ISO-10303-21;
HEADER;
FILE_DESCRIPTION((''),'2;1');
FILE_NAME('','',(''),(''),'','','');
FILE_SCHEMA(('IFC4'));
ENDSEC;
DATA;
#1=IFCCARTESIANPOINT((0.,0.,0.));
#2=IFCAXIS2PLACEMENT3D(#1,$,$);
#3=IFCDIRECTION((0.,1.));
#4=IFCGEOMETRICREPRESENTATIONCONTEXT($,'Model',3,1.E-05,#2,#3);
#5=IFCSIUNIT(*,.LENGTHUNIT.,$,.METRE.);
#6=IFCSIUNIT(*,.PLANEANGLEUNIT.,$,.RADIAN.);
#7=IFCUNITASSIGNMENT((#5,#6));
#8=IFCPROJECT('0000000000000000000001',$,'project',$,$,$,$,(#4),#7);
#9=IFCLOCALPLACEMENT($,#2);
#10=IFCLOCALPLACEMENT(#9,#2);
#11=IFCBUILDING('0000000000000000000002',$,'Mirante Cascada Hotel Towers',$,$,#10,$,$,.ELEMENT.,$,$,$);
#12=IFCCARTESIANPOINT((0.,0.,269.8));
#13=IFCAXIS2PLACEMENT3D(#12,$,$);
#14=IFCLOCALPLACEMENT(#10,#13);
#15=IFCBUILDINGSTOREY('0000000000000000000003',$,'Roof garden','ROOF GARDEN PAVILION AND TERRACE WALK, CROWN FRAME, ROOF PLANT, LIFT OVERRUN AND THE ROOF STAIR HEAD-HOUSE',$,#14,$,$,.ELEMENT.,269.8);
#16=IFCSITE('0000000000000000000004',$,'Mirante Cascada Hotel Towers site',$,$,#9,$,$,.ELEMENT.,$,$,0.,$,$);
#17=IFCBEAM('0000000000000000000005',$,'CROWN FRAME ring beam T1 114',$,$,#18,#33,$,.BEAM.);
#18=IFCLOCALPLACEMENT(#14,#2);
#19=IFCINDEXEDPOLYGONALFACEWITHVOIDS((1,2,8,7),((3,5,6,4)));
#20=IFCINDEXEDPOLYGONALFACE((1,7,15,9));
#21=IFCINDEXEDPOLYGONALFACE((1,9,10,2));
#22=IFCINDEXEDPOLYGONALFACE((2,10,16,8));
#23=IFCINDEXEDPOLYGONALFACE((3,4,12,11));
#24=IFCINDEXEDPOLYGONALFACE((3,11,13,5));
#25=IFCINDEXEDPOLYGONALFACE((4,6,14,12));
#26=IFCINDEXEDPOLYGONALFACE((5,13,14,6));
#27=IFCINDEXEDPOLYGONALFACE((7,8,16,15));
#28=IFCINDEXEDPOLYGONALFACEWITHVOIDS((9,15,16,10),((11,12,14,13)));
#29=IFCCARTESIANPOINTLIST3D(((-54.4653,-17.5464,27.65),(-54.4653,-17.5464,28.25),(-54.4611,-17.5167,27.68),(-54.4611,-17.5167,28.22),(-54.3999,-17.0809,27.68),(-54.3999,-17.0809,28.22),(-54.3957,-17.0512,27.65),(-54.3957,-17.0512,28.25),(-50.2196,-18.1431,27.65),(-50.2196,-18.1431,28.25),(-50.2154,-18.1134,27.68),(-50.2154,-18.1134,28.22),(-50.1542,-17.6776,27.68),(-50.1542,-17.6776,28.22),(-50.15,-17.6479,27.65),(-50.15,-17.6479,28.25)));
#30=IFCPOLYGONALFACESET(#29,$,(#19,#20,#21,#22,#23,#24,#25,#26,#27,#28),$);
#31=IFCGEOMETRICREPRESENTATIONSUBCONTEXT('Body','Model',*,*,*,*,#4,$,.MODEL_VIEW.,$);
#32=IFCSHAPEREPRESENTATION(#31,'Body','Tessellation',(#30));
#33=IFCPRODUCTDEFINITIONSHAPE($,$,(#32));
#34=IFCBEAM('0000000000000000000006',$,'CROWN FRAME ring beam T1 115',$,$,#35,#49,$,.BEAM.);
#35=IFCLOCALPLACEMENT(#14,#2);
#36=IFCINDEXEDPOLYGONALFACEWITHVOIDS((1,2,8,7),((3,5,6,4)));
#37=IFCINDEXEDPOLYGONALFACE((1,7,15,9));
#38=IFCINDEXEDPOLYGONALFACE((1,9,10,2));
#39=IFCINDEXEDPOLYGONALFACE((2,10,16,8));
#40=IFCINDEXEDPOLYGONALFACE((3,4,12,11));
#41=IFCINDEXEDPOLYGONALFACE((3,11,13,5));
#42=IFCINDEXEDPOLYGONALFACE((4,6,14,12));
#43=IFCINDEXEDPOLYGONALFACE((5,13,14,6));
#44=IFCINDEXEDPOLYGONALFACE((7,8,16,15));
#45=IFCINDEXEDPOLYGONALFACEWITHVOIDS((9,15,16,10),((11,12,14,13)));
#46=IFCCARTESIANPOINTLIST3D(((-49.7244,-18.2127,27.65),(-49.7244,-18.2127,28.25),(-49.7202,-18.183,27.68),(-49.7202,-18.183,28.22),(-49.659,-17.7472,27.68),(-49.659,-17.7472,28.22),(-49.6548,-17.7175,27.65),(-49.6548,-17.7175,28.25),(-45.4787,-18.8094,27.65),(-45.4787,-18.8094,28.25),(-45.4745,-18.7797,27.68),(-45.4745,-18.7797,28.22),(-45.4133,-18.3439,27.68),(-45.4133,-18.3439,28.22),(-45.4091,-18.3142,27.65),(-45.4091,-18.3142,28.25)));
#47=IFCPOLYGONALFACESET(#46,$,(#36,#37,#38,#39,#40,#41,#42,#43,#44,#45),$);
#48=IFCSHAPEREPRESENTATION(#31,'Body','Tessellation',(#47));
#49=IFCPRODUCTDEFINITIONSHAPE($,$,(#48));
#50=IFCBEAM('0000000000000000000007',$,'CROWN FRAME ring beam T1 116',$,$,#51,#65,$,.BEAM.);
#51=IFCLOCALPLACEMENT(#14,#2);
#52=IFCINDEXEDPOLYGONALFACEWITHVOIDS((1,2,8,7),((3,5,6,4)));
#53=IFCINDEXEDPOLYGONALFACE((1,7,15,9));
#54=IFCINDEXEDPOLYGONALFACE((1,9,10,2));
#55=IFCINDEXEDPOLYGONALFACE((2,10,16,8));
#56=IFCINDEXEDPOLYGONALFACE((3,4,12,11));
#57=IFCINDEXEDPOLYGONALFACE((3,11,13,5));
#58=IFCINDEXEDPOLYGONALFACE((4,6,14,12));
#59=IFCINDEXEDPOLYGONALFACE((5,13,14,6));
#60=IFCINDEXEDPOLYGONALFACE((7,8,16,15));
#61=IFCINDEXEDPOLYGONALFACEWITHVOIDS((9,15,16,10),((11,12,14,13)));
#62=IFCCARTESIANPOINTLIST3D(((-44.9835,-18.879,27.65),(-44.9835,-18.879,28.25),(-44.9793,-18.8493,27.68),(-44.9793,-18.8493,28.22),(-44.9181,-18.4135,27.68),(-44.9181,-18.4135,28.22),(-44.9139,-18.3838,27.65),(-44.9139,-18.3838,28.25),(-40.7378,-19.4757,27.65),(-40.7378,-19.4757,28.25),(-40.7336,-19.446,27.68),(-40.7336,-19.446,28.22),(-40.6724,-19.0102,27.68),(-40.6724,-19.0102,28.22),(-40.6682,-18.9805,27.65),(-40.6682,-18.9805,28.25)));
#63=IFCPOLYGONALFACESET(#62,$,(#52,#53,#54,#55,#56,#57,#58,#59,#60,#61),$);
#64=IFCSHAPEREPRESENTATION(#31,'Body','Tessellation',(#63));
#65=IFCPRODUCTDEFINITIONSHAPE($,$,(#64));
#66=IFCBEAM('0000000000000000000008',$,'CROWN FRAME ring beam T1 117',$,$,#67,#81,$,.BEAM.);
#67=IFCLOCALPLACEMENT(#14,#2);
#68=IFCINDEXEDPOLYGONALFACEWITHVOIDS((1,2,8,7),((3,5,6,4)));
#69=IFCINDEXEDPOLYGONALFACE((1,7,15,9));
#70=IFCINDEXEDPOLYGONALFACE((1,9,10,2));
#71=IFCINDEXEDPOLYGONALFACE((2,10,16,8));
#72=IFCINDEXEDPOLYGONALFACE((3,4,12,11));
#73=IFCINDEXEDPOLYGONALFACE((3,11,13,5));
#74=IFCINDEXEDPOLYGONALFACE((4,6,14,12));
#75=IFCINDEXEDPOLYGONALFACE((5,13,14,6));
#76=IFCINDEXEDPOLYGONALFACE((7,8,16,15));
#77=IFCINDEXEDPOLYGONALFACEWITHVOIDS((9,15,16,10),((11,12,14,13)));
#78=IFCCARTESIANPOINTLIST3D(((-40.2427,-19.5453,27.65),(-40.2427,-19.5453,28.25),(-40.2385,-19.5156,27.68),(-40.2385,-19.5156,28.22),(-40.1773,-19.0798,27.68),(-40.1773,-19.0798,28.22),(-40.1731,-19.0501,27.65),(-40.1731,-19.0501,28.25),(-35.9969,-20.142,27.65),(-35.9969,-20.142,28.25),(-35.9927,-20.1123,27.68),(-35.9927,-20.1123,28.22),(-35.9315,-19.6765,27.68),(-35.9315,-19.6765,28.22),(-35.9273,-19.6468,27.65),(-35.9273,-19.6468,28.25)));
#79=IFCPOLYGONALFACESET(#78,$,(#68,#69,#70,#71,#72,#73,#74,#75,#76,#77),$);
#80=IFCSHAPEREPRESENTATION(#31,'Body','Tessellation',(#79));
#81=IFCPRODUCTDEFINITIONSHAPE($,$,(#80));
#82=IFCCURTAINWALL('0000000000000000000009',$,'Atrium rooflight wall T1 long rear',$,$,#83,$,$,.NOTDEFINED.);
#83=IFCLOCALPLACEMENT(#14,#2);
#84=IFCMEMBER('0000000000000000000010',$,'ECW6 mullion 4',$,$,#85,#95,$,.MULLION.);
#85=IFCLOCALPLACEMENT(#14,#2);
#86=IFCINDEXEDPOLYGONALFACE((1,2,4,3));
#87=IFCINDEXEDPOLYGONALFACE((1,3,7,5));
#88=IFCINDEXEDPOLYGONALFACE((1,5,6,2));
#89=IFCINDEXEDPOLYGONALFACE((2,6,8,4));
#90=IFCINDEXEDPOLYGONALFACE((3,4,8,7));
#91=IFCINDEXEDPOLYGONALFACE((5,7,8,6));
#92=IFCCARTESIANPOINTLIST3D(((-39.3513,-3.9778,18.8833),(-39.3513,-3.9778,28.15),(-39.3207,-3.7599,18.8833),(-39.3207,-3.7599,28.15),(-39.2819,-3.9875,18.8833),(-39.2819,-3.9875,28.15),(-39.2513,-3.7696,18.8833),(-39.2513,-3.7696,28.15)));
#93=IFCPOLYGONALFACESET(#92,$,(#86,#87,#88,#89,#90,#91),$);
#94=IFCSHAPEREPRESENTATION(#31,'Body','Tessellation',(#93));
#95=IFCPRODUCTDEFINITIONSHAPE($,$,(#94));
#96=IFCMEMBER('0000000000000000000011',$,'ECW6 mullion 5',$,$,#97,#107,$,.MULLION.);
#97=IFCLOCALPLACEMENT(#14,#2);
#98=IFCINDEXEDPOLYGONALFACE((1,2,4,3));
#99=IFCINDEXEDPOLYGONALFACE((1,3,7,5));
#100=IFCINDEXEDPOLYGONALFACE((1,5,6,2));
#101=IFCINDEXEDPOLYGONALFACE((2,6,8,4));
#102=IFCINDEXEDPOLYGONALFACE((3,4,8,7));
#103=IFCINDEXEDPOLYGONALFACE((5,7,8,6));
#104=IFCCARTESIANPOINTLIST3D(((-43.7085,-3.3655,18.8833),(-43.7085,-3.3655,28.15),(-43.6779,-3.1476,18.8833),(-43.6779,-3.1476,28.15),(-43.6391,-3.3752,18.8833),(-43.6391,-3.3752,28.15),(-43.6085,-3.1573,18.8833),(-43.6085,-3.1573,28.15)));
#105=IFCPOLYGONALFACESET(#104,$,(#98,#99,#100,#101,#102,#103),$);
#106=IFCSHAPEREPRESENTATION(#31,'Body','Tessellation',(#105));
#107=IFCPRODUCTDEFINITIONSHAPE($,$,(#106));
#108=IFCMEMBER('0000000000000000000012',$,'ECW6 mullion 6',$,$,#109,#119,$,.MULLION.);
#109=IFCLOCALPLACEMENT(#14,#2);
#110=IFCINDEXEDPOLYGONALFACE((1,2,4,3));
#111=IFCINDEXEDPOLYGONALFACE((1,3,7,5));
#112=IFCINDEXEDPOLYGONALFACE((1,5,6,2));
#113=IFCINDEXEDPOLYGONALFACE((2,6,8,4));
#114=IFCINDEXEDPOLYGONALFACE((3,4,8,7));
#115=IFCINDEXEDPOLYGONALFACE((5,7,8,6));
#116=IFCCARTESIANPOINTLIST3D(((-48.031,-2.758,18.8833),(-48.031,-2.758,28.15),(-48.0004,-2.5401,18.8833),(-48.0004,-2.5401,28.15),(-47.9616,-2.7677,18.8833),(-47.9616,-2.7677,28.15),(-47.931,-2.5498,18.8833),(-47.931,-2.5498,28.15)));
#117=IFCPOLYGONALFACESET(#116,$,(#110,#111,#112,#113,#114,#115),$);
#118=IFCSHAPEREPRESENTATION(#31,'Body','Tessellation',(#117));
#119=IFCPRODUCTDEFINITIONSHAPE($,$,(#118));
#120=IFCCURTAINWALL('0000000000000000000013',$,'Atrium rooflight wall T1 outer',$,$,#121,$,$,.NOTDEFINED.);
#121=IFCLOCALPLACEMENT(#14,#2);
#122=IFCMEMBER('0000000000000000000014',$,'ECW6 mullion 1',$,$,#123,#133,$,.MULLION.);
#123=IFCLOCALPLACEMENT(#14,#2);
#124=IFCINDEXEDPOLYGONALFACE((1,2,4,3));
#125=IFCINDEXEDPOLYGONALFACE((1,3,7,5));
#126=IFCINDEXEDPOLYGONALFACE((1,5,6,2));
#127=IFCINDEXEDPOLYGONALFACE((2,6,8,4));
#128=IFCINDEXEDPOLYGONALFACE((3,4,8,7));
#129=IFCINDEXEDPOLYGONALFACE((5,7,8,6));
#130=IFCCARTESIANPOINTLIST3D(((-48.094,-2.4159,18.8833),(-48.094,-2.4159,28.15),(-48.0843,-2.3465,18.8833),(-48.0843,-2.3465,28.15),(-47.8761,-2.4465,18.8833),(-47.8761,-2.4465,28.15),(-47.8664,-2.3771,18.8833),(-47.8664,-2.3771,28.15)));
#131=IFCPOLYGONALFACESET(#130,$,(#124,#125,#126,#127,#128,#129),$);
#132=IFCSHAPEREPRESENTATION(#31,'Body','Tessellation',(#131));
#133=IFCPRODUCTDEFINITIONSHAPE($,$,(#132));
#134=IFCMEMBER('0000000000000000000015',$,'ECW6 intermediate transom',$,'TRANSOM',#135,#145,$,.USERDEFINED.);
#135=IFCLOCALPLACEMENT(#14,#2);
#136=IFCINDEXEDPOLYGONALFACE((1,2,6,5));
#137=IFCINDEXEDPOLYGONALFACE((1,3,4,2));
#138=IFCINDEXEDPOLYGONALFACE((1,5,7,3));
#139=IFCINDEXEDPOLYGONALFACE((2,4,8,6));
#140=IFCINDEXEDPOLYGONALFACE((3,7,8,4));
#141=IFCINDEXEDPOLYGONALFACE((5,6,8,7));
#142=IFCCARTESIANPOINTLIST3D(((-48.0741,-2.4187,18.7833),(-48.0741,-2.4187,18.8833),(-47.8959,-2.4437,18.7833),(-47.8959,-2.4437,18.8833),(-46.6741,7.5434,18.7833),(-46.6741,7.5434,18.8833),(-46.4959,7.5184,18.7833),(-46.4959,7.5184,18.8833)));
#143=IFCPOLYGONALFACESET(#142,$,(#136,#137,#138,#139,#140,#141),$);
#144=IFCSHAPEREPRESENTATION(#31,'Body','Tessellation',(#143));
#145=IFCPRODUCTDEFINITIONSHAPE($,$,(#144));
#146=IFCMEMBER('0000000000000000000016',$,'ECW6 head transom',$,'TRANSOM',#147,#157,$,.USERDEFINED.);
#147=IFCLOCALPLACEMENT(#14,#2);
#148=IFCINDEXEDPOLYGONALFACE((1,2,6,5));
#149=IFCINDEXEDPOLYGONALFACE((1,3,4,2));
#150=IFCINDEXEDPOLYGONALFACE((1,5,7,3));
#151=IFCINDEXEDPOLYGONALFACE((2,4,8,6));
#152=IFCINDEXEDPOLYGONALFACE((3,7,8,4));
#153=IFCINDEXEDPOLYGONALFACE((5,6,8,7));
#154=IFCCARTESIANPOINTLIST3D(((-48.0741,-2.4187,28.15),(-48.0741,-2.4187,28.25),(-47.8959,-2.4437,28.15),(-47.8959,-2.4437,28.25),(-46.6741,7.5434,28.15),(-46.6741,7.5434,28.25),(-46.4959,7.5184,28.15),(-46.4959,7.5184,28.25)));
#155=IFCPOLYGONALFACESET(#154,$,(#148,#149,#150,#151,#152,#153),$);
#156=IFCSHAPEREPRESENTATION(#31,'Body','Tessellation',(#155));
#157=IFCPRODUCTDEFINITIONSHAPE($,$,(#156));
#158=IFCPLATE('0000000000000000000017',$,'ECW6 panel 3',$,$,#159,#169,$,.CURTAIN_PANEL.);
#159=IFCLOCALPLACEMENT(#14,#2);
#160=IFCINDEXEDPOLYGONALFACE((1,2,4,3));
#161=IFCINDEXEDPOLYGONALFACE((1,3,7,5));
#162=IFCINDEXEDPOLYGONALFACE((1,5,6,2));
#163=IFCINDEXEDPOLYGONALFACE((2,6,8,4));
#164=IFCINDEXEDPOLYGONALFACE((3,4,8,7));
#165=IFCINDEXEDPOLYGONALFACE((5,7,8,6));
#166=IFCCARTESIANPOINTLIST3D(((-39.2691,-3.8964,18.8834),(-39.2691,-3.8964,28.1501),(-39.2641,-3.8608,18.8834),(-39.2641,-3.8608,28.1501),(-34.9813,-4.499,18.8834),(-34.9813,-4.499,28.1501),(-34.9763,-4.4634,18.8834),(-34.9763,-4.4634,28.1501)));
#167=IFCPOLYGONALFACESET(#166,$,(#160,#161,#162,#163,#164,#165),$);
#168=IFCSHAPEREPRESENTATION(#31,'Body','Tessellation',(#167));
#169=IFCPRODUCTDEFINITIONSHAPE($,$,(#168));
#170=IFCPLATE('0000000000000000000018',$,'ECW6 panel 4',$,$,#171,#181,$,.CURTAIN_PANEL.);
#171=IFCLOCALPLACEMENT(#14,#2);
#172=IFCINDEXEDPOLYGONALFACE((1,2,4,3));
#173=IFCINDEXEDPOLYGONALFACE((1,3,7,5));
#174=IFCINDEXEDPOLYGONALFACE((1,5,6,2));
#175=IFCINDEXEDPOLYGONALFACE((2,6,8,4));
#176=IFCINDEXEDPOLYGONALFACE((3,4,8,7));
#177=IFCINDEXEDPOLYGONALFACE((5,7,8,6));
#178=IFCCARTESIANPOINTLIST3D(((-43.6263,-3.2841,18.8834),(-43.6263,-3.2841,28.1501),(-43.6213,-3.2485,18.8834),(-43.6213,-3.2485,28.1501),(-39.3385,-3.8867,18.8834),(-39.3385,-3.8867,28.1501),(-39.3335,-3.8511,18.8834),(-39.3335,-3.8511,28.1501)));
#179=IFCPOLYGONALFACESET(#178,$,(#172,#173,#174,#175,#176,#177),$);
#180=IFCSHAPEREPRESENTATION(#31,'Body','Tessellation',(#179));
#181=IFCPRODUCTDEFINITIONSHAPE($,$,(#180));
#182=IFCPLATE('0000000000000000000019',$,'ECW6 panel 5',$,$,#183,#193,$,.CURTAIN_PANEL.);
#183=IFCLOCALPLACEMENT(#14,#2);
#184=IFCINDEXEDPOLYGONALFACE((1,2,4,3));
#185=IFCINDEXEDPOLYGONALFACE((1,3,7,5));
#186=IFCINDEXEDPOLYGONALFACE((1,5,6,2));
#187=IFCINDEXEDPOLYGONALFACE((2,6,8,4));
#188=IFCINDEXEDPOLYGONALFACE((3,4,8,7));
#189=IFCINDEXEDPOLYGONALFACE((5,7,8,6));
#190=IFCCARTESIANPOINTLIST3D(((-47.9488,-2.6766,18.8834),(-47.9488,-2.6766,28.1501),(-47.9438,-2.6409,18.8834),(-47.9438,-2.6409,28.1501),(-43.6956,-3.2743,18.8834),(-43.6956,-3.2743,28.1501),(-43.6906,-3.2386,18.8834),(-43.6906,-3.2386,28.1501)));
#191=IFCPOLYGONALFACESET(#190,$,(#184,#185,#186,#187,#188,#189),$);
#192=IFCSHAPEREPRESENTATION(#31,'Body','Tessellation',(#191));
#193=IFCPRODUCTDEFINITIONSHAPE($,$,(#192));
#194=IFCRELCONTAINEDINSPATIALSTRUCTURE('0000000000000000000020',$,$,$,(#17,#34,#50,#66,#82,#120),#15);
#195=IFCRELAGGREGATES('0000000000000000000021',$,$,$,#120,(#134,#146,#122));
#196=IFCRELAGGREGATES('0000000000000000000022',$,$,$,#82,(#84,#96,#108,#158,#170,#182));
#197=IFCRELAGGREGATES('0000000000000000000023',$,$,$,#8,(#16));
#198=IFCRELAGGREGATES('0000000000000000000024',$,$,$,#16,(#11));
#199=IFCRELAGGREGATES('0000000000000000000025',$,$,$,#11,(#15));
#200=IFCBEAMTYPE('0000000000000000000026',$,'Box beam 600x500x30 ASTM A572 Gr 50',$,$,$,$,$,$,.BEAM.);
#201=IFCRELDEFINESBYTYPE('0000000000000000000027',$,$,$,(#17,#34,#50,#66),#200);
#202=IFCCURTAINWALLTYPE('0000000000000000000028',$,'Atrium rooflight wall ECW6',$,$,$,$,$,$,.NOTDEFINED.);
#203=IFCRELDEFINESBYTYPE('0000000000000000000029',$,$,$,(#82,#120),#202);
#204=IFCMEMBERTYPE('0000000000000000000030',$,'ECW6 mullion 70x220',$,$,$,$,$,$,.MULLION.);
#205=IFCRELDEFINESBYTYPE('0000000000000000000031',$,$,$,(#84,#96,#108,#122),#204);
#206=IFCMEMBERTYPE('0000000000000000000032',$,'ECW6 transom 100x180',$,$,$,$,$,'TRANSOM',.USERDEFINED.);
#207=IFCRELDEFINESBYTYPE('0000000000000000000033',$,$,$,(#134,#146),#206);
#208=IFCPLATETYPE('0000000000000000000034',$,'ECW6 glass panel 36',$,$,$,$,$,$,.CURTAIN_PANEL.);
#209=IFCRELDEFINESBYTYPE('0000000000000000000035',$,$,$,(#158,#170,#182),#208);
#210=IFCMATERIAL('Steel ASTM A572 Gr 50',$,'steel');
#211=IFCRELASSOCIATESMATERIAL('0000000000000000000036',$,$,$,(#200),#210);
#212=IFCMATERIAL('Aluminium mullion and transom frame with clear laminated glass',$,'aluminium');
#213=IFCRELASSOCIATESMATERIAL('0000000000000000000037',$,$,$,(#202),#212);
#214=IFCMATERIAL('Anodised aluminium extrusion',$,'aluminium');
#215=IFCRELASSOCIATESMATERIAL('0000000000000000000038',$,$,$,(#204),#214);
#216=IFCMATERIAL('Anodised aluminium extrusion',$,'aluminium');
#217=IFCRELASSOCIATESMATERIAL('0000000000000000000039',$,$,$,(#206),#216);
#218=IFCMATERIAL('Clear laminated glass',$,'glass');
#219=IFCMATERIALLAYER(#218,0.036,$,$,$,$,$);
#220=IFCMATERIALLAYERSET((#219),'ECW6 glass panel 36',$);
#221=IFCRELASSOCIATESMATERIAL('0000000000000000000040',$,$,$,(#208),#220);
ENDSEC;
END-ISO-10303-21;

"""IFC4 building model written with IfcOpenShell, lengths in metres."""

from ifc_helpers import new_model, si_unit, direction, frame, origin, origin_2d, place, context, subcontext, project, spatial, rectangle, hollow_rectangle, extrude, material, layer, layer_set, material_profile, profile_set, type_object, element, aggregate, save


model = new_model("IFC4")

# Units and contexts
model_context = context("Model", 3, precision=1e-05, world=origin(), true_north=direction((0.0, 1.0)))
body_context = subcontext(model_context, "Body", "Model", "MODEL_VIEW")
ifc_project = project(units=[si_unit("LENGTHUNIT", "METRE"), si_unit("PLANEANGLEUNIT", "RADIAN")], contexts=[model_context])

# Site, building, storey
site_placement = place(None, origin())
site = spatial("IfcSite", under=ifc_project, at=site_placement, Name="Mirante Cascada Hotel Towers site", CompositionType="ELEMENT", RefElevation=0.0)
building_placement = place(site_placement, origin())
building = spatial("IfcBuilding", under=site, at=building_placement, Name="Mirante Cascada Hotel Towers", CompositionType="ELEMENT")
storey_placement = place(building_placement, frame((0.0, 0.0, 269.8)))
storey = spatial("IfcBuildingStorey", under=building, at=storey_placement, Name="Roof garden", Description="ROOF GARDEN PAVILION AND TERRACE WALK, CROWN FRAME, ROOF PLANT, LIFT OVERRUN AND THE ROOF STAIR HEAD-HOUSE", CompositionType="ELEMENT", Elevation=269.8)

# Beams
ifc_material_1 = material(Name="Steel ASTM A572 Gr 50", Category="steel")
ifc_material_profile_1 = material_profile(ifc_material_1, hollow_rectangle(XDim=0.5, YDim=0.6, WallThickness=0.03, at=origin_2d()), Name="Box beam 600x500x30 ASTM A572 Gr 50")
ifc_profile_set_1 = profile_set([ifc_material_profile_1], Name="Steel ASTM A572 Gr 50")
beam_type = type_object("IfcBeamType", Name="Box beam 600x500x30 ASTM A572 Gr 50", PredefinedType="BEAM", material=ifc_profile_set_1)
for number, where, z_axis, x_axis, name in (
    (1, (-54.4305, -17.2988, 27.95), (0.990268, -0.139174, 0.0), (0.139174, 0.990268, 0.0), "CROWN FRAME ring beam T1 114"),
    (2, (-49.6896, -17.9651, 27.95), (0.990268, -0.139174, 0.0), (0.139174, 0.990268, 0.0), "CROWN FRAME ring beam T1 115"),
    (3, (-44.9487, -18.6314, 27.95), (0.990268, -0.139174, 0.0), (0.139174, 0.990268, 0.0), "CROWN FRAME ring beam T1 116"),
):
    element("IfcBeam", number, at=place(storey_placement, frame(where, z_axis=z_axis, x_axis=x_axis)), inside=storey, type_object=beam_type, Name=name, PredefinedType="BEAM", context=body_context, shape_type="SweptSolid", body=[
        extrude(hollow_rectangle(XDim=0.5, YDim=0.6, WallThickness=0.03, at=origin_2d()), origin(), (0.0, 0.0, 1.0), 4.2874),
    ])
beam_placement = place(storey_placement, frame((-40.2079, -19.2977, 27.95), z_axis=(0.990268, -0.139171, 0.0), x_axis=(0.139171, 0.990268, 0.0)))
element("IfcBeam", 4, at=beam_placement, inside=storey, type_object=beam_type, Name="CROWN FRAME ring beam T1 117", PredefinedType="BEAM", context=body_context, shape_type="SweptSolid", body=[
    extrude(hollow_rectangle(XDim=0.5, YDim=0.6, WallThickness=0.03, at=origin_2d()), origin(), (0.0, 0.0, 1.0), 4.2875),
])

# Curtain walls, members
ifc_material_2 = material(Name="Aluminium mullion and transom frame with clear laminated glass", Category="aluminium")
curtain_wall_type = type_object("IfcCurtainWallType", Name="Atrium rooflight wall ECW6", PredefinedType="NOTDEFINED", material=ifc_material_2)
curtain_wall_1_placement = place(storey_placement, origin())
curtain_wall_1 = element("IfcCurtainWall", 5, at=curtain_wall_1_placement, inside=storey, type_object=curtain_wall_type, Name="Atrium rooflight wall T1 long rear", PredefinedType="NOTDEFINED")
ifc_material_3 = material(Name="Anodised aluminium extrusion", Category="aluminium")
ifc_material_profile_2 = material_profile(ifc_material_3, rectangle(XDim=0.22, YDim=0.07, at=origin_2d()), Name="ECW6 MULLION 70x220")
ifc_profile_set_2 = profile_set([ifc_material_profile_2], Name="Anodised aluminium extrusion")
member_type_1 = type_object("IfcMemberType", Name="ECW6 mullion 70x220", PredefinedType="MULLION", material=ifc_profile_set_2)
member_1_placement = place(storey_placement, frame((-39.3013, -3.8737, 18.8833), z_axis=(0.0, 0.0, 1.0), x_axis=(-0.139173, -0.990268, 0.0)))
member_1 = element("IfcMember", 6, at=member_1_placement, type_object=member_type_1, Name="ECW6 mullion 4", PredefinedType="MULLION", context=body_context, shape_type="SweptSolid", body=[
    extrude(rectangle(XDim=0.22, YDim=0.07, at=origin_2d()), origin(), (0.0, 0.0, 1.0), 9.2667),
])
member_2_placement = place(storey_placement, frame((-43.6585, -3.2614, 18.8833), z_axis=(0.0, 0.0, 1.0), x_axis=(-0.139173, -0.990268, 0.0)))
member_2 = element("IfcMember", 7, at=member_2_placement, type_object=member_type_1, Name="ECW6 mullion 5", PredefinedType="MULLION", context=body_context, shape_type="SweptSolid", body=[
    extrude(rectangle(XDim=0.22, YDim=0.07, at=origin_2d()), origin(), (0.0, 0.0, 1.0), 9.2667),
])
member_3_placement = place(storey_placement, frame((-47.981, -2.6539, 18.8833), z_axis=(0.0, 0.0, 1.0), x_axis=(-0.139173, -0.990268, 0.0)))
member_3 = element("IfcMember", 8, at=member_3_placement, type_object=member_type_1, Name="ECW6 mullion 6", PredefinedType="MULLION", context=body_context, shape_type="SweptSolid", body=[
    extrude(rectangle(XDim=0.22, YDim=0.07, at=origin_2d()), origin(), (0.0, 0.0, 1.0), 9.2667),
])
curtain_wall_2_placement = place(storey_placement, origin())
curtain_wall_2 = element("IfcCurtainWall", 9, at=curtain_wall_2_placement, inside=storey, type_object=curtain_wall_type, Name="Atrium rooflight wall T1 outer", PredefinedType="NOTDEFINED")
member_4_placement = place(storey_placement, frame((-47.9802, -2.3965, 18.8833), z_axis=(0.0, 0.0, 1.0), x_axis=(-0.990268, 0.139173, 0.0)))
member_4 = element("IfcMember", 10, at=member_4_placement, type_object=member_type_1, Name="ECW6 mullion 1", PredefinedType="MULLION", context=body_context, shape_type="SweptSolid", body=[
    extrude(rectangle(XDim=0.22, YDim=0.07, at=origin_2d()), origin(), (0.0, 0.0, 1.0), 9.2667),
])
ifc_material_4 = material(Name="Anodised aluminium extrusion", Category="aluminium")
ifc_material_profile_3 = material_profile(ifc_material_4, rectangle(XDim=0.18, YDim=0.1, at=origin_2d()), Name="ECW6 TRANSOM 100x180")
ifc_profile_set_3 = profile_set([ifc_material_profile_3], Name="Anodised aluminium extrusion")
member_type_2 = type_object("IfcMemberType", Name="ECW6 transom 100x180", ElementType="TRANSOM", PredefinedType="USERDEFINED", material=ifc_profile_set_3)
member_5_placement = place(storey_placement, frame((-47.985, -2.4312, 18.8333), z_axis=(0.139165, 0.990269, 0.0), x_axis=(-0.990269, 0.139165, 0.0)))
member_5 = element("IfcMember", 11, at=member_5_placement, type_object=member_type_2, Name="ECW6 intermediate transom", ObjectType="TRANSOM", PredefinedType="USERDEFINED", context=body_context, shape_type="SweptSolid", body=[
    extrude(rectangle(XDim=0.18, YDim=0.1, at=origin_2d()), origin(), (0.0, 0.0, 1.0), 10.06),
])
member_6_placement = place(storey_placement, frame((-47.985, -2.4312, 28.2), z_axis=(0.139165, 0.990269, 0.0), x_axis=(-0.990269, 0.139165, 0.0)))
member_6 = element("IfcMember", 12, at=member_6_placement, type_object=member_type_2, Name="ECW6 head transom", ObjectType="TRANSOM", PredefinedType="USERDEFINED", context=body_context, shape_type="SweptSolid", body=[
    extrude(rectangle(XDim=0.18, YDim=0.1, at=origin_2d()), origin(), (0.0, 0.0, 1.0), 10.06),
])
aggregate(curtain_wall_2, [member_5, member_6, member_4])

# Plates
ifc_material_5 = material(Name="Clear laminated glass", Category="glass")
ifc_layer_1 = layer(ifc_material_5, 0.036)
ifc_layer_set_1 = layer_set([ifc_layer_1], Name="ECW6 glass panel 36")
plate_type = type_object("IfcPlateType", Name="ECW6 glass panel 36", PredefinedType="CURTAIN_PANEL", material=ifc_layer_set_1)
plate_1_placement = place(storey_placement, frame((-37.1227, -4.1799, 18.8834), z_axis=(0.0, 0.0, 1.0), x_axis=(-0.990268, 0.139173, 0.0)))
plate_1 = element("IfcPlate", 13, at=plate_1_placement, type_object=plate_type, Name="ECW6 panel 3", PredefinedType="CURTAIN_PANEL", context=body_context, shape_type="SweptSolid", body=[
    extrude(rectangle(XDim=4.33, YDim=0.036, at=origin_2d()), origin(), (0.0, 0.0, 1.0), 9.2667),
])
plate_2_placement = place(storey_placement, frame((-41.4799, -3.5676, 18.8834), z_axis=(0.0, 0.0, 1.0), x_axis=(-0.990268, 0.139173, 0.0)))
plate_2 = element("IfcPlate", 14, at=plate_2_placement, type_object=plate_type, Name="ECW6 panel 4", PredefinedType="CURTAIN_PANEL", context=body_context, shape_type="SweptSolid", body=[
    extrude(rectangle(XDim=4.33, YDim=0.036, at=origin_2d()), origin(), (0.0, 0.0, 1.0), 9.2667),
])
plate_3_placement = place(storey_placement, frame((-45.8197, -2.9576, 18.8834), z_axis=(0.0, 0.0, 1.0), x_axis=(-0.990268, 0.139173, 0.0)))
plate_3 = element("IfcPlate", 15, at=plate_3_placement, type_object=plate_type, Name="ECW6 panel 5", PredefinedType="CURTAIN_PANEL", context=body_context, shape_type="SweptSolid", body=[
    extrude(rectangle(XDim=4.295, YDim=0.036, at=origin_2d()), origin(), (0.0, 0.0, 1.0), 9.2667),
])
aggregate(curtain_wall_1, [member_1, member_2, member_3, plate_1, plate_2, plate_3])

save(model, "model.ifc")
